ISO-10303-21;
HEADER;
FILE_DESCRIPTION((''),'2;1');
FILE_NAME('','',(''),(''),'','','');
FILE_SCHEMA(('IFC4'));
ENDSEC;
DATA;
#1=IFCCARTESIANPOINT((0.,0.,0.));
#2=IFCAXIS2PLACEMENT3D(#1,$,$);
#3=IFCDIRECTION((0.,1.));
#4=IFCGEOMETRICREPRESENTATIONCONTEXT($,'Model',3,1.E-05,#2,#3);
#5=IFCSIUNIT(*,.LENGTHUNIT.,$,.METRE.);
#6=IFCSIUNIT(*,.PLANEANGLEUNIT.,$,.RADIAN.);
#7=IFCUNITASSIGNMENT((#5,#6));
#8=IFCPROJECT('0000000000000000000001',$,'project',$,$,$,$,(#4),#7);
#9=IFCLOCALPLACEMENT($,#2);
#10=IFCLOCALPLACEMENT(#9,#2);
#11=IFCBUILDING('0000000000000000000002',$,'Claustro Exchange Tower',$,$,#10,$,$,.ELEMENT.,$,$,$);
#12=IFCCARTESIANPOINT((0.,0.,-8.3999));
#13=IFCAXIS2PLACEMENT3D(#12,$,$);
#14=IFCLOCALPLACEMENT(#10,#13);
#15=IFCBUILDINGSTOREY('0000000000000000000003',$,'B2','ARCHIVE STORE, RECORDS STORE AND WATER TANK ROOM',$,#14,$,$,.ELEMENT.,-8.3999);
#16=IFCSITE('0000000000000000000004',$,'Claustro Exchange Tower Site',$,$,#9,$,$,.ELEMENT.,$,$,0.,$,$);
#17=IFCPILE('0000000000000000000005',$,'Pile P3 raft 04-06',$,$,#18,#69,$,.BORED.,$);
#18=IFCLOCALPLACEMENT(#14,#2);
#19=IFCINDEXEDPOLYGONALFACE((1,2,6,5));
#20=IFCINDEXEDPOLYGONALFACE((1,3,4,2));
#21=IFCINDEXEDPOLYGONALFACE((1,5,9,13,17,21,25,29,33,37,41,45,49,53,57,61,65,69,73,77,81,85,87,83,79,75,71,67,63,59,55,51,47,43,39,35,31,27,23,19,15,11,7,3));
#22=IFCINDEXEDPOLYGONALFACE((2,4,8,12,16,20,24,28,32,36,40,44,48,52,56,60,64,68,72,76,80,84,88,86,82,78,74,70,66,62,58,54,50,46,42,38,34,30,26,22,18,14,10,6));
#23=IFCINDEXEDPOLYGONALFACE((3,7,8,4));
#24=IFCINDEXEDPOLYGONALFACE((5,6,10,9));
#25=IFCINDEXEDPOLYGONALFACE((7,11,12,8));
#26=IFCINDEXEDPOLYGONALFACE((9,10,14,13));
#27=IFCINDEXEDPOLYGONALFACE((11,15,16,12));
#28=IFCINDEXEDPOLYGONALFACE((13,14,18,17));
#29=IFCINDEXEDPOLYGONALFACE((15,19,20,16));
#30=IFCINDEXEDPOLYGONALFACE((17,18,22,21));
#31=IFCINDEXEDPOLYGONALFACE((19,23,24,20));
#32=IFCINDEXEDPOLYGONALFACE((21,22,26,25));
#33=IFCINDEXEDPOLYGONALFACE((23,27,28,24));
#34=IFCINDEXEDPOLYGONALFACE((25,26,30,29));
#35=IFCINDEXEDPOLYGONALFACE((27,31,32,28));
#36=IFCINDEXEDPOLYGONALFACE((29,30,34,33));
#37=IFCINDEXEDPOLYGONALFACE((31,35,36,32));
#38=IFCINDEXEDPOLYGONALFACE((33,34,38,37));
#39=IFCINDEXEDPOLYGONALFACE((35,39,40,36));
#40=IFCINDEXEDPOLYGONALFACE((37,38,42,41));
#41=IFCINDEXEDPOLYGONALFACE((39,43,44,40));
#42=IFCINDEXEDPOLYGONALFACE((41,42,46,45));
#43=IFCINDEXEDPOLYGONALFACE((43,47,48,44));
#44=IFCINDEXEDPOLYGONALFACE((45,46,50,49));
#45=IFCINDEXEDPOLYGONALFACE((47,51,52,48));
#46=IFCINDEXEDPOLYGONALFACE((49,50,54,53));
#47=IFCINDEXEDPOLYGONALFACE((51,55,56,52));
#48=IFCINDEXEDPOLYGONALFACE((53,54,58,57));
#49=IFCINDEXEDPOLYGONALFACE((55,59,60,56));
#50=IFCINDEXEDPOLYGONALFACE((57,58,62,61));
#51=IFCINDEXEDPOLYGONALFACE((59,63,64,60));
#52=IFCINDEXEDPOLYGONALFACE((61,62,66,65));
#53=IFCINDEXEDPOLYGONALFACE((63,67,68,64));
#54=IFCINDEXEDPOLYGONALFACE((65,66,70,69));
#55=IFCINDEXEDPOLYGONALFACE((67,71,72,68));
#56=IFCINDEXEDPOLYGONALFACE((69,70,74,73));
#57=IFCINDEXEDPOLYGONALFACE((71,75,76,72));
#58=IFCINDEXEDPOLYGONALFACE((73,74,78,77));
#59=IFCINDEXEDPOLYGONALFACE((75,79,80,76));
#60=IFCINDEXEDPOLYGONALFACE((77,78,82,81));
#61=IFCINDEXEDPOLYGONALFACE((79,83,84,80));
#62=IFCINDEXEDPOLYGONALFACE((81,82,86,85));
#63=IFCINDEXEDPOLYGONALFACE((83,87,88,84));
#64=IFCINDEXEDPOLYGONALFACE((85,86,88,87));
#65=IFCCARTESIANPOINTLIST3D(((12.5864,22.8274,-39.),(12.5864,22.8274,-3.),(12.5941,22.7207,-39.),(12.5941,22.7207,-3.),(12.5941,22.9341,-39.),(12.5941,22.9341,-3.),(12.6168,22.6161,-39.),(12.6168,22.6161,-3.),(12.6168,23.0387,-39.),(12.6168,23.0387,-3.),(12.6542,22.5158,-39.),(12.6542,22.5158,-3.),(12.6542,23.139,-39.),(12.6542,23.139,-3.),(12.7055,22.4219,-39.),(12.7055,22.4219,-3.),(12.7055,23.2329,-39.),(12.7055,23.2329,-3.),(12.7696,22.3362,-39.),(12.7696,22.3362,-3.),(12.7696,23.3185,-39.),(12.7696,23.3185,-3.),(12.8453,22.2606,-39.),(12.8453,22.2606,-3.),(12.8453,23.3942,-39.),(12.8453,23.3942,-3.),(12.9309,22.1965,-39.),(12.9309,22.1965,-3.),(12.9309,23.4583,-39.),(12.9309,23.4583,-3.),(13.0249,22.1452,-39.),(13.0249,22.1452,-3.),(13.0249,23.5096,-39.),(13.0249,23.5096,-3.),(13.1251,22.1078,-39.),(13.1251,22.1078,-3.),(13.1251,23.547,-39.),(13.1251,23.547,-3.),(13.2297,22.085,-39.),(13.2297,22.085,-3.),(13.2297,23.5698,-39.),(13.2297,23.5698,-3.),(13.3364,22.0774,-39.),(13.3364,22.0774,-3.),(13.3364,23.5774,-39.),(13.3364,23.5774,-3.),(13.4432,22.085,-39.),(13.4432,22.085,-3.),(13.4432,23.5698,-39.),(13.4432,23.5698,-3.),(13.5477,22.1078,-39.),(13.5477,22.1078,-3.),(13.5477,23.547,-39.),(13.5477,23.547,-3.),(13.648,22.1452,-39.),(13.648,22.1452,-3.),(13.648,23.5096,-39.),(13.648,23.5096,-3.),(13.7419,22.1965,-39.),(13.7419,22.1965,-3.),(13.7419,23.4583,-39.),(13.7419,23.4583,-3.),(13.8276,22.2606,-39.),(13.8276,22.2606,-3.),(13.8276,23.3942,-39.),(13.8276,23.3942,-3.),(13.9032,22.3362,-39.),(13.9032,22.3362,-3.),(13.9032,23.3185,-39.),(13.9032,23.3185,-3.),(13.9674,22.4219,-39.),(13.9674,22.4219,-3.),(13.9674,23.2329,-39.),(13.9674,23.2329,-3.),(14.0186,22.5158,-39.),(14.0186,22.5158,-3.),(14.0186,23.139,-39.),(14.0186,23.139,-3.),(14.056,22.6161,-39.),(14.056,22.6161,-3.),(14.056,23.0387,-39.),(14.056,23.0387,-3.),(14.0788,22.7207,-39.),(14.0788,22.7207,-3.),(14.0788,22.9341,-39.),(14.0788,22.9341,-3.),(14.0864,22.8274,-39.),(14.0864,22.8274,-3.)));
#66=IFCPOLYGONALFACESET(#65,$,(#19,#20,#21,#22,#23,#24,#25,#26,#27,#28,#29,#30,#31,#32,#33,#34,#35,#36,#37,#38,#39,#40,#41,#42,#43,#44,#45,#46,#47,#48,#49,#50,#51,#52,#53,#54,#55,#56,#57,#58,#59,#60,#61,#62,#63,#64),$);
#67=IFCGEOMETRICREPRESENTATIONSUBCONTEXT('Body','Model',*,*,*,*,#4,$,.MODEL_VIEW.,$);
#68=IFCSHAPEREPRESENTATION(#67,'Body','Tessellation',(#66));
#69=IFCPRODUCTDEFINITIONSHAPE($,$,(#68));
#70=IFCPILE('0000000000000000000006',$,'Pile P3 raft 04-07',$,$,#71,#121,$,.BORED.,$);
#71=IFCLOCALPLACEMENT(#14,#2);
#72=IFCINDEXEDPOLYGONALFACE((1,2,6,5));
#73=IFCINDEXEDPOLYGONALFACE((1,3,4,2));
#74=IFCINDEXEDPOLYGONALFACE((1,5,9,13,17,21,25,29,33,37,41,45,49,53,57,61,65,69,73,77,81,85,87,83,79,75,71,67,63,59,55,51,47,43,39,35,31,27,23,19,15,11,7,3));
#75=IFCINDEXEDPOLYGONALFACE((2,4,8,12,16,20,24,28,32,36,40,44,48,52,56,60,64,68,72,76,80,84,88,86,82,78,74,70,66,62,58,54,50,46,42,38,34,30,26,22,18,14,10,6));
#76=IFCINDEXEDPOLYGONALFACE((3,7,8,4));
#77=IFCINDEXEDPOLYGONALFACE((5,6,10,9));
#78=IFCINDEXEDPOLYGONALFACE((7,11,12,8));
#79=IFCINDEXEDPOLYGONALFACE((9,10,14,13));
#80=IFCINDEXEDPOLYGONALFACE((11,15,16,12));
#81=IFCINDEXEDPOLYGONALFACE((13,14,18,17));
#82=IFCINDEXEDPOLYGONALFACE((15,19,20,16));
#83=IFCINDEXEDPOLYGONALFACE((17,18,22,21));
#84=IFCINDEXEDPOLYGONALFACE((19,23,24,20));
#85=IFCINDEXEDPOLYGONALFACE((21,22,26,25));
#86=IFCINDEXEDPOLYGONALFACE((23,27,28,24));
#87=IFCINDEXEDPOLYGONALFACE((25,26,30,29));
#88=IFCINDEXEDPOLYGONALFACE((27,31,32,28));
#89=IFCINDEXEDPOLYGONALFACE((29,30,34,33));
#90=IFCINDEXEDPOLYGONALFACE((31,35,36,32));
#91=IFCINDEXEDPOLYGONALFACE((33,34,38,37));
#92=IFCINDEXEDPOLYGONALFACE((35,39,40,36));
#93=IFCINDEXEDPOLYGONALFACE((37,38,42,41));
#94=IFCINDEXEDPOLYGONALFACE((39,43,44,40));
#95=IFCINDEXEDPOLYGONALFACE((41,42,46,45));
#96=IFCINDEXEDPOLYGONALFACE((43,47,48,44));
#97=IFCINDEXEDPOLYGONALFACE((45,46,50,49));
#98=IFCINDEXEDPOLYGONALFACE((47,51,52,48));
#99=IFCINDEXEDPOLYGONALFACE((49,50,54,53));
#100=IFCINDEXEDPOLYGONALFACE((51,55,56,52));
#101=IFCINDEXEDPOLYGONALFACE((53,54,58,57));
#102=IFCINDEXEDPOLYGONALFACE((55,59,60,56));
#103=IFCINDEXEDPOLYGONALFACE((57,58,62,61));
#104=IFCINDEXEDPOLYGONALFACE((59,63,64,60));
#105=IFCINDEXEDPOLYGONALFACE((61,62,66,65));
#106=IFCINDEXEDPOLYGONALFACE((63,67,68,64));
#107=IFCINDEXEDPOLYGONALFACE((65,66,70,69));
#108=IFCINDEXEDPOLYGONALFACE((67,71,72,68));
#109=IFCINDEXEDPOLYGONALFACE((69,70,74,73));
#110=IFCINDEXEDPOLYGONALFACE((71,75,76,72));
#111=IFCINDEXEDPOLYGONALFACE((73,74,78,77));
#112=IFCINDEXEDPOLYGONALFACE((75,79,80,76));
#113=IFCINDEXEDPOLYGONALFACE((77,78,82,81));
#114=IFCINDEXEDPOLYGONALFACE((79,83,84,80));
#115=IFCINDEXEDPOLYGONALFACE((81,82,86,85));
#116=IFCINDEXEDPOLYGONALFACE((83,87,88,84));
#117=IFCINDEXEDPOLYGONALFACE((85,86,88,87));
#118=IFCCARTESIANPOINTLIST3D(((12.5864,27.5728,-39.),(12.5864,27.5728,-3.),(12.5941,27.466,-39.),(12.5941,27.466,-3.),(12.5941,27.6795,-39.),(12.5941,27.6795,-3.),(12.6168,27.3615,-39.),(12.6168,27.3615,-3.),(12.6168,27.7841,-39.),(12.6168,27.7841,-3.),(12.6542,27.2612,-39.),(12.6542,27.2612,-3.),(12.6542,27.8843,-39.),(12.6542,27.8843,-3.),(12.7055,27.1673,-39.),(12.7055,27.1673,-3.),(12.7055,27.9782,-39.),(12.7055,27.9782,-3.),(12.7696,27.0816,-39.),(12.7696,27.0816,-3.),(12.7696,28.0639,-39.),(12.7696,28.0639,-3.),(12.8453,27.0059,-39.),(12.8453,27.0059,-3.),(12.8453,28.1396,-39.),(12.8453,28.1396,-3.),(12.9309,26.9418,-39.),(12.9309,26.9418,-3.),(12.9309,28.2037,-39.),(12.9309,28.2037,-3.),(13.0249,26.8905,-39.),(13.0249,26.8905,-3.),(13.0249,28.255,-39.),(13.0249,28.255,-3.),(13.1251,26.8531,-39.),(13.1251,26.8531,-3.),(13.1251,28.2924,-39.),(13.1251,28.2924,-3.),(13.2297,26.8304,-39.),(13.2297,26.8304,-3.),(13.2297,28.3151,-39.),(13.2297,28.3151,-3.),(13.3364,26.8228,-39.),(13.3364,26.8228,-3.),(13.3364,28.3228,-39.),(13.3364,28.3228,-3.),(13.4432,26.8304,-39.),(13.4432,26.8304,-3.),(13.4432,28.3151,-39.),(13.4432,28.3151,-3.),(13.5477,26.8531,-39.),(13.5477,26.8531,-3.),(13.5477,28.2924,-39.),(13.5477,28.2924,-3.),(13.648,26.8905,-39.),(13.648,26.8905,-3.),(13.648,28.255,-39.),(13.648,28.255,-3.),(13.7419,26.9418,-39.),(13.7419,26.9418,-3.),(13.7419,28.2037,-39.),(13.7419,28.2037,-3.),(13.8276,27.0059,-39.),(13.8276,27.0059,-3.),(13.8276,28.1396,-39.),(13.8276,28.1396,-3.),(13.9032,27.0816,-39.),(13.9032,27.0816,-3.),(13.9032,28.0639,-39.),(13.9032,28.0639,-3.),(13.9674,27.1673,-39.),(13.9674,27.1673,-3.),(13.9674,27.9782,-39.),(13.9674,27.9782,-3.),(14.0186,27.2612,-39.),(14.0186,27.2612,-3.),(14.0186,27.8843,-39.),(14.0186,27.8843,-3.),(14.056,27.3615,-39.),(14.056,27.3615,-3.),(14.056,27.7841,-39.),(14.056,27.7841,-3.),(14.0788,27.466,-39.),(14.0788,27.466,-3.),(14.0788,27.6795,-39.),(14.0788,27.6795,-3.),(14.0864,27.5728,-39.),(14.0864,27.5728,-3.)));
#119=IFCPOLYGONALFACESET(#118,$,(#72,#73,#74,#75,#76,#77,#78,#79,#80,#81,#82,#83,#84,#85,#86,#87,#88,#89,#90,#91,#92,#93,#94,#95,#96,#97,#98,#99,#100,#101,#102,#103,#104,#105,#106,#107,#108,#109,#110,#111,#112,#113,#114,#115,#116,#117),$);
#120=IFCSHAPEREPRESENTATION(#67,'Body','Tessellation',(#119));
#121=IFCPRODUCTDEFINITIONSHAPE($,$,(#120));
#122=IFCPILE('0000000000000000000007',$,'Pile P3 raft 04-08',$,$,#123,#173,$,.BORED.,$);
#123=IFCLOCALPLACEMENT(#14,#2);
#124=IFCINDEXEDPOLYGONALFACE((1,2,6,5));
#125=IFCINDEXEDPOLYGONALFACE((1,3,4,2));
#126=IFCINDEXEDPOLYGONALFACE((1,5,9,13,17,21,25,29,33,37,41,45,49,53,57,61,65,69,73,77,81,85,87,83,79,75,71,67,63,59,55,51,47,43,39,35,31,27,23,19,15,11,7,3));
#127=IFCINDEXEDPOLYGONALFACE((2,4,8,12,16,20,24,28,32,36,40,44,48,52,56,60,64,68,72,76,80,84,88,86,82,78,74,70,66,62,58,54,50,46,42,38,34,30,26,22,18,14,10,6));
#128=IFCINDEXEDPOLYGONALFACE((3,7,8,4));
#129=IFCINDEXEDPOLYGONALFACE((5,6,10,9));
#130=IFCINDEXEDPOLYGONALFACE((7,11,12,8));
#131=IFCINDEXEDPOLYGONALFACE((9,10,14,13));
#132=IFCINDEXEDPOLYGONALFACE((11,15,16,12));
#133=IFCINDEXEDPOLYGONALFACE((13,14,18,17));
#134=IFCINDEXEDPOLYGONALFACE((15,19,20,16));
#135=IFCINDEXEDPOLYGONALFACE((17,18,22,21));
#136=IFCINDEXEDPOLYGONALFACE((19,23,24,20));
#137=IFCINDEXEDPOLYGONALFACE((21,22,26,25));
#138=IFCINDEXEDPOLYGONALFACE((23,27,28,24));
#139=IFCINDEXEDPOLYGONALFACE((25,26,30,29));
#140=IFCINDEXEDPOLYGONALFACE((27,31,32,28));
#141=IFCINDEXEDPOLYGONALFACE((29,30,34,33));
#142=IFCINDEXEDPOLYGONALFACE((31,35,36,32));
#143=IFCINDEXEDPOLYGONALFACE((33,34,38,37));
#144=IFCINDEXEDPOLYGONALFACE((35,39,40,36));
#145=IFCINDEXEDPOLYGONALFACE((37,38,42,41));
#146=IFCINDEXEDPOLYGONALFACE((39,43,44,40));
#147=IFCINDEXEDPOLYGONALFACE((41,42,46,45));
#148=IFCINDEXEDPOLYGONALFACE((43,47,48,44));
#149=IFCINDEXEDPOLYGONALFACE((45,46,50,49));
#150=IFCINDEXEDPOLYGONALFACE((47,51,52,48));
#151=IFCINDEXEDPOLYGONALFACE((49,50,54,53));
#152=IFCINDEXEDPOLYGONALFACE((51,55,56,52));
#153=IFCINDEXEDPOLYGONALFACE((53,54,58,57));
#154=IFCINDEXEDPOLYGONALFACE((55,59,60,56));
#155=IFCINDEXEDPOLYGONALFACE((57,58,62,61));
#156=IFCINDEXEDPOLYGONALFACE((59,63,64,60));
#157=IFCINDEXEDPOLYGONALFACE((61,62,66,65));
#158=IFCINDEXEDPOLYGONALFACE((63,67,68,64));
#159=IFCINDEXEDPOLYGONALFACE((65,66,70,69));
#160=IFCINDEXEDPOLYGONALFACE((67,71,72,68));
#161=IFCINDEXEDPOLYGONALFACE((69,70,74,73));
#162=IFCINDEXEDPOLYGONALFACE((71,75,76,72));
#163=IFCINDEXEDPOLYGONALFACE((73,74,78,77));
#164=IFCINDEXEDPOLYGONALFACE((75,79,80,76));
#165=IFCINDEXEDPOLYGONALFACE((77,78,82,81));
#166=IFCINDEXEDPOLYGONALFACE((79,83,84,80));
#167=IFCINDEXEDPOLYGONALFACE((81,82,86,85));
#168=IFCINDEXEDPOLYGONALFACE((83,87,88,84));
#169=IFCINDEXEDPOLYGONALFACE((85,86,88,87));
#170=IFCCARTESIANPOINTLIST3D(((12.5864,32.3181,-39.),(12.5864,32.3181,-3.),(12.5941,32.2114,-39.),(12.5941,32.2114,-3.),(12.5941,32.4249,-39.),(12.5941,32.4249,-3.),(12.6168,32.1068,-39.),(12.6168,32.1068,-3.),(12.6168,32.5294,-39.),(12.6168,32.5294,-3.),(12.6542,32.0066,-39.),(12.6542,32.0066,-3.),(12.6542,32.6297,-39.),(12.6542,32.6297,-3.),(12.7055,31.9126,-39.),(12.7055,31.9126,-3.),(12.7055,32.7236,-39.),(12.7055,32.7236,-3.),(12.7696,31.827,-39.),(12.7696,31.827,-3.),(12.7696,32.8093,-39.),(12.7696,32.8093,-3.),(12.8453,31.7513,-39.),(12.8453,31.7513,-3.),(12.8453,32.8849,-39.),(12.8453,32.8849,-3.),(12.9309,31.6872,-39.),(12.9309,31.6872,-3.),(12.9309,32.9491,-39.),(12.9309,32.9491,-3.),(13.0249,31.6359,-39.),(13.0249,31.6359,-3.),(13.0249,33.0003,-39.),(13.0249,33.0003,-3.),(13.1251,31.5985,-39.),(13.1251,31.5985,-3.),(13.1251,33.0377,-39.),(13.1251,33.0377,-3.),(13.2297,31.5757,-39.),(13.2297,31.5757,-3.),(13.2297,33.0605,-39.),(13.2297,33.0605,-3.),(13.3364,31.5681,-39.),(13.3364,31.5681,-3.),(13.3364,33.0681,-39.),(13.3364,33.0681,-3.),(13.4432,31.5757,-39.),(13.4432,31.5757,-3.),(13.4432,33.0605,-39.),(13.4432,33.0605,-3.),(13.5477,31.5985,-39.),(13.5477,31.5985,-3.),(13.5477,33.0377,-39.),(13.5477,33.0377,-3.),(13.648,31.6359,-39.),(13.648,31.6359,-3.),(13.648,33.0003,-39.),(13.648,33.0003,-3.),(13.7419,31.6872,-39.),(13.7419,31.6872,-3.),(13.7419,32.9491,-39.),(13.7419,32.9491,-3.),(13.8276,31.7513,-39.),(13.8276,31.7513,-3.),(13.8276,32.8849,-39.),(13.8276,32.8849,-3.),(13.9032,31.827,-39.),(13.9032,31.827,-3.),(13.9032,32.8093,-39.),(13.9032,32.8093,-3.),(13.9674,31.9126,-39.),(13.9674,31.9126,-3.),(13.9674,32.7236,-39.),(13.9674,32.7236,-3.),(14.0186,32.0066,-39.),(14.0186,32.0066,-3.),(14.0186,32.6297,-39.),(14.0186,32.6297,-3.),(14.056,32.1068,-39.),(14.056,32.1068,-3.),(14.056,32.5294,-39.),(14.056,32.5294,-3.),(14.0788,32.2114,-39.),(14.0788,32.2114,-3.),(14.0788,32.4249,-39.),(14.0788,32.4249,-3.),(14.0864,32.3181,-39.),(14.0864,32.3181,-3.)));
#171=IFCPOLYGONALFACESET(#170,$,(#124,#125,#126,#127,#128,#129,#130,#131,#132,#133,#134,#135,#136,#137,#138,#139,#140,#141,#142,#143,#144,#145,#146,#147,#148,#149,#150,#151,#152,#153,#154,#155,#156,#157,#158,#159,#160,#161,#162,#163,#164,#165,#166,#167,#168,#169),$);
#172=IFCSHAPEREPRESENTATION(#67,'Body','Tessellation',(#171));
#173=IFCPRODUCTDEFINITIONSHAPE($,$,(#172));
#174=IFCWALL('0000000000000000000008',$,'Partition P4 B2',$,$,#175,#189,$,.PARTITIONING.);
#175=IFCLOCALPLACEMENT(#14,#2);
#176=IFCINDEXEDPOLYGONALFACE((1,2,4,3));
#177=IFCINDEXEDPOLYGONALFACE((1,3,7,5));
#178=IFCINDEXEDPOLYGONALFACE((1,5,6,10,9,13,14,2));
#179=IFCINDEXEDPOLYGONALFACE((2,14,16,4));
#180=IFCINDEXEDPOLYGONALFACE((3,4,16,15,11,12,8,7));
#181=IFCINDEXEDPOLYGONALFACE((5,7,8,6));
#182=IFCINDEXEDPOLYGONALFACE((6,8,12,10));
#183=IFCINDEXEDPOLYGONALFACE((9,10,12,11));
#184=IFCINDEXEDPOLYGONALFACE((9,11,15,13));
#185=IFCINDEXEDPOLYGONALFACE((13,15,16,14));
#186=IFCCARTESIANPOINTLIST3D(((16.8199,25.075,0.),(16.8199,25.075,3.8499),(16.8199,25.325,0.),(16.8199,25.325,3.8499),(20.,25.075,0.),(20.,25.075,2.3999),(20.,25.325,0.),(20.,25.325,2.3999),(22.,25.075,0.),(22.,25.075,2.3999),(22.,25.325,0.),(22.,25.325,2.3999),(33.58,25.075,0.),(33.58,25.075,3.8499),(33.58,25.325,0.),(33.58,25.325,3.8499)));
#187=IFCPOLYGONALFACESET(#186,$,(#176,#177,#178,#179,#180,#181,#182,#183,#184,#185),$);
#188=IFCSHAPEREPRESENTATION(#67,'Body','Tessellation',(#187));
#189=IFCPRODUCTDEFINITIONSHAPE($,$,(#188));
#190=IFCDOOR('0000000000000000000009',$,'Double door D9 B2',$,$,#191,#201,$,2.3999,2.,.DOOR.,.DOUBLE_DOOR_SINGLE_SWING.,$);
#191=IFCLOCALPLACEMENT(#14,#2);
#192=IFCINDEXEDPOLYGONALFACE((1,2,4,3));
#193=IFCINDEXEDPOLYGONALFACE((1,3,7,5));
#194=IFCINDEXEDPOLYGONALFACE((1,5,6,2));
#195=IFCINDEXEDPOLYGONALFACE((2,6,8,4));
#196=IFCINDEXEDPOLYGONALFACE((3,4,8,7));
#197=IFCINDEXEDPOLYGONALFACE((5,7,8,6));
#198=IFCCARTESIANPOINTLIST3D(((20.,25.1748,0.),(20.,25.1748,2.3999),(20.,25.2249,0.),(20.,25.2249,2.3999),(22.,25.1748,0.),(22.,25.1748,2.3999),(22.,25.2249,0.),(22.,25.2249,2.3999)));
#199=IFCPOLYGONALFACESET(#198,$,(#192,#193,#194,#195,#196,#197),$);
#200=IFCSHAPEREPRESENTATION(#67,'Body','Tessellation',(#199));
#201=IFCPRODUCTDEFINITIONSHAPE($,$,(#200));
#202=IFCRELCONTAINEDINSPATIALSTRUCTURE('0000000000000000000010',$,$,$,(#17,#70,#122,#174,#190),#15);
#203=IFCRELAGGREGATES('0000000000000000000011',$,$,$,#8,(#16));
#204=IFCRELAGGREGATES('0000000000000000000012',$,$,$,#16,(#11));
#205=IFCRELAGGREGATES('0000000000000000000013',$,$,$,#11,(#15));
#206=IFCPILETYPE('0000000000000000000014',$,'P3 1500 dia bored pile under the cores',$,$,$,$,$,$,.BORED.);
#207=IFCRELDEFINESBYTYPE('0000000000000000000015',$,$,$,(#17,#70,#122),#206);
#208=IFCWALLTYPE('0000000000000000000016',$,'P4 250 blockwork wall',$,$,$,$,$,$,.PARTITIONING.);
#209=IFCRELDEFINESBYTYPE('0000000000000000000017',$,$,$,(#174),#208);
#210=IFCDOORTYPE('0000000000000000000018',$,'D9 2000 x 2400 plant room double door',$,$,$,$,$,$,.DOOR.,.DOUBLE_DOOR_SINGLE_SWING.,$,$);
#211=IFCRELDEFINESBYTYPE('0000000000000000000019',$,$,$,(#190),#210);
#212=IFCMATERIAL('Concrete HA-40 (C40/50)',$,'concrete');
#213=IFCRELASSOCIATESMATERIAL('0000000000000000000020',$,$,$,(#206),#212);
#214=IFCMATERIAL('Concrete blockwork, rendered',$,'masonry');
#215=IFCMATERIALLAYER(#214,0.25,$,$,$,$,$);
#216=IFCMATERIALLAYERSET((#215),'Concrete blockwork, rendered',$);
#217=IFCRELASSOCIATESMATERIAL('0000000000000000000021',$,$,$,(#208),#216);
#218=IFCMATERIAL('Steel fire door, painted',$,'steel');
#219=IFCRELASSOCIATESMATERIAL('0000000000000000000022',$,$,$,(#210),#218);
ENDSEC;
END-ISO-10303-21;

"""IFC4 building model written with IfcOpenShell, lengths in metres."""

from ifc_helpers import new_model, si_unit, direction, frame, frame_2d, origin, origin_2d, place, context, subcontext, project, spatial, rectangle, circle, extrude, material, layer, layer_set, type_object, element, fill, save


model = new_model("IFC4")

# Units and contexts
model_context = context("Model", 3, precision=1e-05, world=origin(), true_north=direction((0.0, 1.0)))
body_context = subcontext(model_context, "Body", "Model", "MODEL_VIEW")
ifc_project = project(units=[si_unit("LENGTHUNIT", "METRE"), si_unit("PLANEANGLEUNIT", "RADIAN")], contexts=[model_context])

# Site, building, storey
site_placement = place(None, origin())
site = spatial("IfcSite", under=ifc_project, at=site_placement, Name="Claustro Exchange Tower Site", CompositionType="ELEMENT", RefElevation=0.0)
building_placement = place(site_placement, origin())
building = spatial("IfcBuilding", under=site, at=building_placement, Name="Claustro Exchange Tower", CompositionType="ELEMENT")
storey_placement = place(building_placement, frame((0.0, 0.0, -8.3999)))
storey = spatial("IfcBuildingStorey", under=building, at=storey_placement, Name="B2", Description="ARCHIVE STORE, RECORDS STORE AND WATER TANK ROOM", CompositionType="ELEMENT", Elevation=-8.3999)

# Piles
ifc_material_1 = material(Name="Concrete HA-40 (C40/50)", Category="concrete")
pile_type_1 = type_object("IfcPileType", Name="P3 1500 dia bored pile under the cores", PredefinedType="BORED", material=ifc_material_1)
for number, where, z_axis, x_axis, name in (
    (1, (13.3364, 22.8274, -3.0), (0.0, 0.0, -1.0), (1.0, 0.0, 0.0), "Pile P3 raft 04-06"),
    (2, (13.3364, 27.5728, -3.0), (0.0, 0.0, -1.0), (1.0, 0.0, 0.0), "Pile P3 raft 04-07"),
    (3, (13.3364, 32.3181, -3.0), (0.0, 0.0, -1.0), (1.0, 0.0, 0.0), "Pile P3 raft 04-08"),
):
    element("IfcPile", number, at=place(storey_placement, frame(where, z_axis=z_axis, x_axis=x_axis)), inside=storey, type_object=pile_type_1, Name=name, PredefinedType="BORED", context=body_context, shape_type="SweptSolid", body=[
        extrude(circle(Radius=0.75, at=origin_2d()), origin(), (0.0, 0.0, 1.0), 36.0),
    ])

# Wall, opening, door
ifc_material_2 = material(Name="Concrete blockwork, rendered", Category="masonry")
ifc_layer_1 = layer(ifc_material_2, 0.25)
ifc_layer_set_1 = layer_set([ifc_layer_1], Name="Concrete blockwork, rendered")
wall_type_1 = type_object("IfcWallType", Name="P4 250 blockwork wall", PredefinedType="PARTITIONING", material=ifc_layer_set_1)
wall_1_placement = place(storey_placement, frame((16.8201, 25.2, 0.0), z_axis=(0.0, 0.0, 1.0), x_axis=(1.0, 0.0, 0.0)))
wall_1 = element("IfcWall", 4, at=wall_1_placement, inside=storey, type_object=wall_type_1, Name="Partition P4 B2", PredefinedType="PARTITIONING", context=body_context, shape_type="SweptSolid", body=[
    extrude(rectangle(XDim=16.76, YDim=0.25, at=frame_2d((8.3799, 0.0))), origin(), (0.0, 0.0, 1.0), 3.8499),
])
opening_placement = place(wall_1_placement, frame((3.1799, 0.0, 0.0)))
opening = element("IfcOpeningElement", 5, at=opening_placement, cuts=wall_1, PredefinedType="OPENING", context=body_context, shape_type="SweptSolid", body=[
    extrude(rectangle(XDim=2.0, YDim=2.3999, at=frame_2d((1.0, 1.2))), frame((0.0, 0.135, 0.0), z_axis=(0.0, -1.0, 0.0), x_axis=(1.0, 0.0, 0.0)), (0.0, 0.0, 1.0), 0.27),
])
ifc_material_3 = material(Name="Steel fire door, painted", Category="steel")
door_type = type_object("IfcDoorType", Name="D9 2000 x 2400 plant room double door", OperationType="DOUBLE_DOOR_SINGLE_SWING", PredefinedType="DOOR", material=ifc_material_3)
door_placement = place(opening_placement, origin())
door = element("IfcDoor", 6, at=door_placement, inside=storey, type_object=door_type, Name="Double door D9 B2", OperationType="DOUBLE_DOOR_SINGLE_SWING", OverallHeight=2.3999, OverallWidth=2.0, PredefinedType="DOOR", context=body_context, shape_type="SweptSolid", body=[
    extrude(rectangle(XDim=2.0, YDim=2.3999, at=frame_2d((1.0, 1.2))), frame((0.0, 0.0249, 0.0), z_axis=(0.0, -1.0, 0.0), x_axis=(1.0, 0.0, 0.0)), (0.0, 0.0, 1.0), 0.05),
])
fill(opening, door)

save(model, "model.ifc")
